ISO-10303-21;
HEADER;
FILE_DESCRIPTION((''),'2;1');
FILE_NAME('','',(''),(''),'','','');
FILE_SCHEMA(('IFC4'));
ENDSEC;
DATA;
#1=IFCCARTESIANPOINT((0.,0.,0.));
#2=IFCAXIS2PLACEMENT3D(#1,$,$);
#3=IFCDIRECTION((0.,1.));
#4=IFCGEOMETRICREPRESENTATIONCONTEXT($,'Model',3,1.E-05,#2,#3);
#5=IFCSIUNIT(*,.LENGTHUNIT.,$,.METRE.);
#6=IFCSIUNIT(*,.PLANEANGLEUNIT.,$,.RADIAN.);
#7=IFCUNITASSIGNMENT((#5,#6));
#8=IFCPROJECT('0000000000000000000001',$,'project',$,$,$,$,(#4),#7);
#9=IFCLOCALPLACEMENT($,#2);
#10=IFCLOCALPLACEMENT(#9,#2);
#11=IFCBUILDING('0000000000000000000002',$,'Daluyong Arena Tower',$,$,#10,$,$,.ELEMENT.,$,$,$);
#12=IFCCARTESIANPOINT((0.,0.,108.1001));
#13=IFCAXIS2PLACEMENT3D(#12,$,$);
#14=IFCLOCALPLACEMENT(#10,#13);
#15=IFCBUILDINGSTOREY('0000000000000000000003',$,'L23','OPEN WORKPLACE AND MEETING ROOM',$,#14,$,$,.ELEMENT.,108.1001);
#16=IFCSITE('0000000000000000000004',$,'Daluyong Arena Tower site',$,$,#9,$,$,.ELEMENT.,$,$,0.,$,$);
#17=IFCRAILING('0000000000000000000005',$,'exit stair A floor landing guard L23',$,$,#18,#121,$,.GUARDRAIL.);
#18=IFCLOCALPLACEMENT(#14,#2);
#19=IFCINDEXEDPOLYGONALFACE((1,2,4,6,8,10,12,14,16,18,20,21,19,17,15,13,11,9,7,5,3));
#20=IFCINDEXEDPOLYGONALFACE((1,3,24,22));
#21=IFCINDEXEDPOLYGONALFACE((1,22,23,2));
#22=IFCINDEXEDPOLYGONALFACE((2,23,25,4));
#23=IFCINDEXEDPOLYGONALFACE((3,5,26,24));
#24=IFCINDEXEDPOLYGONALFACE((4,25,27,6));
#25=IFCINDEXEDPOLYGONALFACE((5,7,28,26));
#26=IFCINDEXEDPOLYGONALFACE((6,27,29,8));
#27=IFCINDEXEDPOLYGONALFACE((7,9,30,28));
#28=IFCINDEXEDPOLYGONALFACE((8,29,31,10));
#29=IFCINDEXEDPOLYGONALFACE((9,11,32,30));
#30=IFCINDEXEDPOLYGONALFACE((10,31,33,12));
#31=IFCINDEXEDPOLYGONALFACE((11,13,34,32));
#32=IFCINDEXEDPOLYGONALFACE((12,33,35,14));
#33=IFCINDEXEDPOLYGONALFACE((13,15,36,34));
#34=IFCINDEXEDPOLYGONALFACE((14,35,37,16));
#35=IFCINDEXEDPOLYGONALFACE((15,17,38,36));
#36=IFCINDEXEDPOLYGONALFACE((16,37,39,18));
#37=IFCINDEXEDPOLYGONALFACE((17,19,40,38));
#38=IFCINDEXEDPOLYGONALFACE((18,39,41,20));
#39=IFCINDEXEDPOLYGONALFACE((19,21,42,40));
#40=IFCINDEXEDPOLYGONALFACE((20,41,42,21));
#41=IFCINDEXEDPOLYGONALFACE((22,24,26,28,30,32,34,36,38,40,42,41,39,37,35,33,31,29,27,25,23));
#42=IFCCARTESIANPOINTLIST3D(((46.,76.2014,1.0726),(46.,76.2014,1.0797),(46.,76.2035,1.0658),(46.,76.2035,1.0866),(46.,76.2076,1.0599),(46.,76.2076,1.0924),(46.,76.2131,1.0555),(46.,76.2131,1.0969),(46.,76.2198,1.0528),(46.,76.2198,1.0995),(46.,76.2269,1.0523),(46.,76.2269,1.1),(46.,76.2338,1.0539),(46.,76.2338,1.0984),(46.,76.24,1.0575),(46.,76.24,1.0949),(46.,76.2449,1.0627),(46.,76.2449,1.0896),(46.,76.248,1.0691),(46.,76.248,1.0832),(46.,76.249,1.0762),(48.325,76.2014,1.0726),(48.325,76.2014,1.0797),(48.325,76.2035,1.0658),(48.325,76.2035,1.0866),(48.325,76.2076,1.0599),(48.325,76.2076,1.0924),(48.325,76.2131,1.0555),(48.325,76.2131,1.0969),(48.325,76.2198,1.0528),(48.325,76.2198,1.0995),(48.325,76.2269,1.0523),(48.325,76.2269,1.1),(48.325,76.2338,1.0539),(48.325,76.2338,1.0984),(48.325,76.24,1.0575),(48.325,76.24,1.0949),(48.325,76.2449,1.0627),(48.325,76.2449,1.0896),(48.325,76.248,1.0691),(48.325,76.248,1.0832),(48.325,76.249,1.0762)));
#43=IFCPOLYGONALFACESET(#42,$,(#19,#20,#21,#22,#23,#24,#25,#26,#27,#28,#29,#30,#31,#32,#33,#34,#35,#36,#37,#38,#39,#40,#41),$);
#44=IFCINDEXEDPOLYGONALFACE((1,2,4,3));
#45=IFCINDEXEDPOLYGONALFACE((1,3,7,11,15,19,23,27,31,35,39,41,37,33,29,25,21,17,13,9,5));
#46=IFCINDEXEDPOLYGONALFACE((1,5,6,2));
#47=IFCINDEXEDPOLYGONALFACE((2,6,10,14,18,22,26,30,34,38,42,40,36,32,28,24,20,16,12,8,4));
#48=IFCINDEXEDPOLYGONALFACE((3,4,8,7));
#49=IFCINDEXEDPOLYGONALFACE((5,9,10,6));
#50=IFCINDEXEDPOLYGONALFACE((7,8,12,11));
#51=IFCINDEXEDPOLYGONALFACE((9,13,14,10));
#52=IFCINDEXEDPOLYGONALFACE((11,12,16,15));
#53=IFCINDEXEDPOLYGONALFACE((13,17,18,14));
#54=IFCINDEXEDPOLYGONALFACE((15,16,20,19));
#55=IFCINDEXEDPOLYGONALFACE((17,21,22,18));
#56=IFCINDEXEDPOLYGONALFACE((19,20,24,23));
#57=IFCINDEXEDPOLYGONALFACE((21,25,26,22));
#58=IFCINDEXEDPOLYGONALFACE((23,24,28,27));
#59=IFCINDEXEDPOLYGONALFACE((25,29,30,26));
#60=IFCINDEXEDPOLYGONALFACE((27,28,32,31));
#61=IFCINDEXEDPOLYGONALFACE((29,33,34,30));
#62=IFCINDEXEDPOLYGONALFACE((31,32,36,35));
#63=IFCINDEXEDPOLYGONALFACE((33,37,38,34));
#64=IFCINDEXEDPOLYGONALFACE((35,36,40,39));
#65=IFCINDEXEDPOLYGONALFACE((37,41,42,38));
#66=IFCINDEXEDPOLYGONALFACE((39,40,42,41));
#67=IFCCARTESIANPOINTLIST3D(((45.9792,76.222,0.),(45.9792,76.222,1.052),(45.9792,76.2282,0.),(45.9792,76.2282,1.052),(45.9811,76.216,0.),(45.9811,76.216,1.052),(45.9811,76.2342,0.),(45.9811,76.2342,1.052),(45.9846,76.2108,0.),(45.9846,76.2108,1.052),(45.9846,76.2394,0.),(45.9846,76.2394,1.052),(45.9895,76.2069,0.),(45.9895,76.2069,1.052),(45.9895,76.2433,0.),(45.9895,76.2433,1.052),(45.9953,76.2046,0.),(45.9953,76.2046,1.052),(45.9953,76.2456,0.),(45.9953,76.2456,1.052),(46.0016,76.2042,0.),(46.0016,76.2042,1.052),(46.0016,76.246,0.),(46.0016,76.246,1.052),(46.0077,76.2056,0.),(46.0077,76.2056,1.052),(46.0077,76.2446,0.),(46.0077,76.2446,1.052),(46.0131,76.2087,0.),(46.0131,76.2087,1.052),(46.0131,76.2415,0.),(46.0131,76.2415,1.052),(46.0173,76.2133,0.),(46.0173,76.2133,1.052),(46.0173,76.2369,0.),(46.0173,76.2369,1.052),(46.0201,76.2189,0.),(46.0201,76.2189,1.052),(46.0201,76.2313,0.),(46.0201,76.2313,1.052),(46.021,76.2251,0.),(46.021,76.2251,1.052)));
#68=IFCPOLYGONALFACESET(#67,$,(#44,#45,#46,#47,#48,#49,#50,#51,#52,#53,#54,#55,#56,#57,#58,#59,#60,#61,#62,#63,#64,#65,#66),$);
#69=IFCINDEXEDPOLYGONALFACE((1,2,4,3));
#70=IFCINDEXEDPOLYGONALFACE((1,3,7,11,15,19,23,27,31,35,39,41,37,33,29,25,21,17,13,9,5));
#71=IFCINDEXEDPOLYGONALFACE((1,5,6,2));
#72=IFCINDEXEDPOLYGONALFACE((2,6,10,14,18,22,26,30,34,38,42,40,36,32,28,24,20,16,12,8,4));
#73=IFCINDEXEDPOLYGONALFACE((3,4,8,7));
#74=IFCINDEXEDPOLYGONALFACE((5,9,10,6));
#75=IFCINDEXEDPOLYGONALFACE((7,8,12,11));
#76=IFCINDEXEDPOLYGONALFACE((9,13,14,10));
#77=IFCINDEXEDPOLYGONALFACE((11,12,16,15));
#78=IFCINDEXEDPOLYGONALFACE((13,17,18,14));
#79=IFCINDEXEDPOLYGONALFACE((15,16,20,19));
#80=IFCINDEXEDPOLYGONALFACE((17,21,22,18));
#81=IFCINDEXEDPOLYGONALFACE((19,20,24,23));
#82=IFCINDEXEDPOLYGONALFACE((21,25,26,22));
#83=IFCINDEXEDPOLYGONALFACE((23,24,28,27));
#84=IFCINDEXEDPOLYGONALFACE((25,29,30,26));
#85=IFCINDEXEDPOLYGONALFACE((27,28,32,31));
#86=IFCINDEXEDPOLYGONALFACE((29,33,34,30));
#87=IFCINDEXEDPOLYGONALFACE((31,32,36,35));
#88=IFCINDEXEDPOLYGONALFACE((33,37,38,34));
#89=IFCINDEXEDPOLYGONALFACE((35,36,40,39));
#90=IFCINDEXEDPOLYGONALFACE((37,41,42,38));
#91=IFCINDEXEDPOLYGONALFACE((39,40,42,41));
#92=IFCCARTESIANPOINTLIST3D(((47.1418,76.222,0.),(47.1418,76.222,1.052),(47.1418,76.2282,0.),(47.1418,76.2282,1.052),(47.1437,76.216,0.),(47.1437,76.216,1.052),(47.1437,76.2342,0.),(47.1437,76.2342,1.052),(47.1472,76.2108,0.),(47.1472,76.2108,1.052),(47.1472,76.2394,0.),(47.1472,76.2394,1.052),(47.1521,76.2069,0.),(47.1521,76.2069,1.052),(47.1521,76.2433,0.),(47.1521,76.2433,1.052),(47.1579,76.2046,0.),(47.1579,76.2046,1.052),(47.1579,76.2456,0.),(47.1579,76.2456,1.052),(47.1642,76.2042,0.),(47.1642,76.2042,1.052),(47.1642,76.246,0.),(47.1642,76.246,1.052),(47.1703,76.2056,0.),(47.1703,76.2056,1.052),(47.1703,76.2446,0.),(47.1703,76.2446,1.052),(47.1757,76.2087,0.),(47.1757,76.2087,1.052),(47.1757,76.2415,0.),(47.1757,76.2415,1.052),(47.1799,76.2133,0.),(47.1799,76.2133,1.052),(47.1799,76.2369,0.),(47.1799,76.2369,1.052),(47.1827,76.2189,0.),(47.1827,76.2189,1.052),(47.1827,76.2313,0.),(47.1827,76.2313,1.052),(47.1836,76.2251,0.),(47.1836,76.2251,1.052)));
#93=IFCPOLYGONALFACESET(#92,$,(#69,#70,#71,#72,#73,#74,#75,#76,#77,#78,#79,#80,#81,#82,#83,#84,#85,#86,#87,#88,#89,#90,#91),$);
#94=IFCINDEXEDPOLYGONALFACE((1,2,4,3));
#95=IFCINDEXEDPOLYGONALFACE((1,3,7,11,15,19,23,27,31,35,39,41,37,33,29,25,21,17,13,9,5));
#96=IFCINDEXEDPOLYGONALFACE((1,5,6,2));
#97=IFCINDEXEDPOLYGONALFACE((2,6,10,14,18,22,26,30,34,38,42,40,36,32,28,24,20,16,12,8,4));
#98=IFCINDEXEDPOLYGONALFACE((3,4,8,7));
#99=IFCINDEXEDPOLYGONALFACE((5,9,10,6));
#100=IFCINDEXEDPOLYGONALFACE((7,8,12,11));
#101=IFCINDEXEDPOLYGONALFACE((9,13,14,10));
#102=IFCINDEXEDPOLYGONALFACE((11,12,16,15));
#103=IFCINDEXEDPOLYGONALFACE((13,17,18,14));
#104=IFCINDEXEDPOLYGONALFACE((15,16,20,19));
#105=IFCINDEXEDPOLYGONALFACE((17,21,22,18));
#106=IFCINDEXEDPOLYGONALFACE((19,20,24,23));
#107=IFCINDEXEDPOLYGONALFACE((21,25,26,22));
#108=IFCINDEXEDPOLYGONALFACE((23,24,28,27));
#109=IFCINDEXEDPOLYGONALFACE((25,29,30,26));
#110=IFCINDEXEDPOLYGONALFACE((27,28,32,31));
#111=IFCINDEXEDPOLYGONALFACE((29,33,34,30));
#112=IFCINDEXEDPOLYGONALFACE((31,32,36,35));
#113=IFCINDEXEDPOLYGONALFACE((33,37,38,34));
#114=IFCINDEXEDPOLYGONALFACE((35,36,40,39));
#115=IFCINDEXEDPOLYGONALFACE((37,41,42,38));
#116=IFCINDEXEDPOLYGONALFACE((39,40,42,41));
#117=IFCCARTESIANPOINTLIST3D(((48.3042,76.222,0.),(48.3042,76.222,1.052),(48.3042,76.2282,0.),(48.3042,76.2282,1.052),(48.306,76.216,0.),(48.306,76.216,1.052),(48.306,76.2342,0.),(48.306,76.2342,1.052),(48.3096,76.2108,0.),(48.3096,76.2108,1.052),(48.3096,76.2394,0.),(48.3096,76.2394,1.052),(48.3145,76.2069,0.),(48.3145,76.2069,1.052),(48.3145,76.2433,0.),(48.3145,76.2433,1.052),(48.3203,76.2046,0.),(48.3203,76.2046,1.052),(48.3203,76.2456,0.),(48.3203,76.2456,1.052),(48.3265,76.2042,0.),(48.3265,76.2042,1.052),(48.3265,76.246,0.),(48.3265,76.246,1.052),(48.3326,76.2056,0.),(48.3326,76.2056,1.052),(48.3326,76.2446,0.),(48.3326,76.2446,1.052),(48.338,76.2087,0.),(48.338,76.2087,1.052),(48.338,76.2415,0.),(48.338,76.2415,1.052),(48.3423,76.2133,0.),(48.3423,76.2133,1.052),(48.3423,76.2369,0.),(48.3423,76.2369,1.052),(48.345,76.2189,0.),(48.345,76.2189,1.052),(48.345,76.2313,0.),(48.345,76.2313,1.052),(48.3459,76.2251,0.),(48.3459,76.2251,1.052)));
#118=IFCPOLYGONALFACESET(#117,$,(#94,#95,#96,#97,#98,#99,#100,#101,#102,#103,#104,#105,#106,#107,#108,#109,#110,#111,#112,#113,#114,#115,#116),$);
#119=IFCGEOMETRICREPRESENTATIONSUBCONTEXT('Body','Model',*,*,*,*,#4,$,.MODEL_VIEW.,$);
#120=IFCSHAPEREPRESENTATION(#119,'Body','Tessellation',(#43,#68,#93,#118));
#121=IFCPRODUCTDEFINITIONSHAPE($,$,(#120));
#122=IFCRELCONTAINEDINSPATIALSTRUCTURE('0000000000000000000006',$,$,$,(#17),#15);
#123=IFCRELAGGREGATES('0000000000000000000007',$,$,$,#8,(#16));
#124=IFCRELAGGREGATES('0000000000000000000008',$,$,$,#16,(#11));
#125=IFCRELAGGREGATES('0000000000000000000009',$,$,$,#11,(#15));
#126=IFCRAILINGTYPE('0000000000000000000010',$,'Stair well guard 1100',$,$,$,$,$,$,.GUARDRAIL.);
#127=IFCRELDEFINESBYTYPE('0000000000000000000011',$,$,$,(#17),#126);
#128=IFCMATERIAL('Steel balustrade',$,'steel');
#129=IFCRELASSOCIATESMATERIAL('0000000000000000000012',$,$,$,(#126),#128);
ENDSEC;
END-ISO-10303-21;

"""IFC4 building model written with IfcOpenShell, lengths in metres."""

from ifc_helpers import new_model, si_unit, direction, frame, origin, origin_2d, place, context, subcontext, project, spatial, circle, extrude, material, type_object, element, save


model = new_model("IFC4")

# Units and contexts
model_context = context("Model", 3, precision=1e-05, world=origin(), true_north=direction((0.0, 1.0)))
body_context = subcontext(model_context, "Body", "Model", "MODEL_VIEW")
ifc_project = project(units=[si_unit("LENGTHUNIT", "METRE"), si_unit("PLANEANGLEUNIT", "RADIAN")], contexts=[model_context])

# Site, building, storey
site_placement = place(None, origin())
site = spatial("IfcSite", under=ifc_project, at=site_placement, Name="Daluyong Arena Tower site", CompositionType="ELEMENT", RefElevation=0.0)
building_placement = place(site_placement, origin())
building = spatial("IfcBuilding", under=site, at=building_placement, Name="Daluyong Arena Tower", CompositionType="ELEMENT")
storey_placement = place(building_placement, frame((0.0, 0.0, 108.1001)))
storey = spatial("IfcBuildingStorey", under=building, at=storey_placement, Name="L23", Description="OPEN WORKPLACE AND MEETING ROOM", CompositionType="ELEMENT", Elevation=108.1001)

# Railing
ifc_material_1 = material(Name="Steel balustrade", Category="steel")
railing_type_1 = type_object("IfcRailingType", Name="Stair well guard 1100", PredefinedType="GUARDRAIL", material=ifc_material_1)
railing_1_placement = place(storey_placement, frame((46.0, 76.2251, 0.0)))
element("IfcRailing", 1, at=railing_1_placement, inside=storey, type_object=railing_type_1, Name="exit stair A floor landing guard L23", PredefinedType="GUARDRAIL", context=body_context, shape_type="SweptSolid", body=[
    extrude(circle(Radius=0.0239, at=origin_2d()), frame((0.0, 0.0, 1.0762), z_axis=(1.0, 0.0, 0.0), x_axis=(0.0, 1.0, 0.0)), (0.0, 0.0, 1.0), 2.325),
    extrude(circle(Radius=0.021, at=origin_2d()), origin(), (0.0, 0.0, 1.0), 1.052),
    extrude(circle(Radius=0.021, at=origin_2d()), frame((1.1626, 0.0, 0.0)), (0.0, 0.0, 1.0), 1.052),
    extrude(circle(Radius=0.021, at=origin_2d()), frame((2.325, 0.0, 0.0)), (0.0, 0.0, 1.0), 1.052),
])

save(model, "model.ifc")
